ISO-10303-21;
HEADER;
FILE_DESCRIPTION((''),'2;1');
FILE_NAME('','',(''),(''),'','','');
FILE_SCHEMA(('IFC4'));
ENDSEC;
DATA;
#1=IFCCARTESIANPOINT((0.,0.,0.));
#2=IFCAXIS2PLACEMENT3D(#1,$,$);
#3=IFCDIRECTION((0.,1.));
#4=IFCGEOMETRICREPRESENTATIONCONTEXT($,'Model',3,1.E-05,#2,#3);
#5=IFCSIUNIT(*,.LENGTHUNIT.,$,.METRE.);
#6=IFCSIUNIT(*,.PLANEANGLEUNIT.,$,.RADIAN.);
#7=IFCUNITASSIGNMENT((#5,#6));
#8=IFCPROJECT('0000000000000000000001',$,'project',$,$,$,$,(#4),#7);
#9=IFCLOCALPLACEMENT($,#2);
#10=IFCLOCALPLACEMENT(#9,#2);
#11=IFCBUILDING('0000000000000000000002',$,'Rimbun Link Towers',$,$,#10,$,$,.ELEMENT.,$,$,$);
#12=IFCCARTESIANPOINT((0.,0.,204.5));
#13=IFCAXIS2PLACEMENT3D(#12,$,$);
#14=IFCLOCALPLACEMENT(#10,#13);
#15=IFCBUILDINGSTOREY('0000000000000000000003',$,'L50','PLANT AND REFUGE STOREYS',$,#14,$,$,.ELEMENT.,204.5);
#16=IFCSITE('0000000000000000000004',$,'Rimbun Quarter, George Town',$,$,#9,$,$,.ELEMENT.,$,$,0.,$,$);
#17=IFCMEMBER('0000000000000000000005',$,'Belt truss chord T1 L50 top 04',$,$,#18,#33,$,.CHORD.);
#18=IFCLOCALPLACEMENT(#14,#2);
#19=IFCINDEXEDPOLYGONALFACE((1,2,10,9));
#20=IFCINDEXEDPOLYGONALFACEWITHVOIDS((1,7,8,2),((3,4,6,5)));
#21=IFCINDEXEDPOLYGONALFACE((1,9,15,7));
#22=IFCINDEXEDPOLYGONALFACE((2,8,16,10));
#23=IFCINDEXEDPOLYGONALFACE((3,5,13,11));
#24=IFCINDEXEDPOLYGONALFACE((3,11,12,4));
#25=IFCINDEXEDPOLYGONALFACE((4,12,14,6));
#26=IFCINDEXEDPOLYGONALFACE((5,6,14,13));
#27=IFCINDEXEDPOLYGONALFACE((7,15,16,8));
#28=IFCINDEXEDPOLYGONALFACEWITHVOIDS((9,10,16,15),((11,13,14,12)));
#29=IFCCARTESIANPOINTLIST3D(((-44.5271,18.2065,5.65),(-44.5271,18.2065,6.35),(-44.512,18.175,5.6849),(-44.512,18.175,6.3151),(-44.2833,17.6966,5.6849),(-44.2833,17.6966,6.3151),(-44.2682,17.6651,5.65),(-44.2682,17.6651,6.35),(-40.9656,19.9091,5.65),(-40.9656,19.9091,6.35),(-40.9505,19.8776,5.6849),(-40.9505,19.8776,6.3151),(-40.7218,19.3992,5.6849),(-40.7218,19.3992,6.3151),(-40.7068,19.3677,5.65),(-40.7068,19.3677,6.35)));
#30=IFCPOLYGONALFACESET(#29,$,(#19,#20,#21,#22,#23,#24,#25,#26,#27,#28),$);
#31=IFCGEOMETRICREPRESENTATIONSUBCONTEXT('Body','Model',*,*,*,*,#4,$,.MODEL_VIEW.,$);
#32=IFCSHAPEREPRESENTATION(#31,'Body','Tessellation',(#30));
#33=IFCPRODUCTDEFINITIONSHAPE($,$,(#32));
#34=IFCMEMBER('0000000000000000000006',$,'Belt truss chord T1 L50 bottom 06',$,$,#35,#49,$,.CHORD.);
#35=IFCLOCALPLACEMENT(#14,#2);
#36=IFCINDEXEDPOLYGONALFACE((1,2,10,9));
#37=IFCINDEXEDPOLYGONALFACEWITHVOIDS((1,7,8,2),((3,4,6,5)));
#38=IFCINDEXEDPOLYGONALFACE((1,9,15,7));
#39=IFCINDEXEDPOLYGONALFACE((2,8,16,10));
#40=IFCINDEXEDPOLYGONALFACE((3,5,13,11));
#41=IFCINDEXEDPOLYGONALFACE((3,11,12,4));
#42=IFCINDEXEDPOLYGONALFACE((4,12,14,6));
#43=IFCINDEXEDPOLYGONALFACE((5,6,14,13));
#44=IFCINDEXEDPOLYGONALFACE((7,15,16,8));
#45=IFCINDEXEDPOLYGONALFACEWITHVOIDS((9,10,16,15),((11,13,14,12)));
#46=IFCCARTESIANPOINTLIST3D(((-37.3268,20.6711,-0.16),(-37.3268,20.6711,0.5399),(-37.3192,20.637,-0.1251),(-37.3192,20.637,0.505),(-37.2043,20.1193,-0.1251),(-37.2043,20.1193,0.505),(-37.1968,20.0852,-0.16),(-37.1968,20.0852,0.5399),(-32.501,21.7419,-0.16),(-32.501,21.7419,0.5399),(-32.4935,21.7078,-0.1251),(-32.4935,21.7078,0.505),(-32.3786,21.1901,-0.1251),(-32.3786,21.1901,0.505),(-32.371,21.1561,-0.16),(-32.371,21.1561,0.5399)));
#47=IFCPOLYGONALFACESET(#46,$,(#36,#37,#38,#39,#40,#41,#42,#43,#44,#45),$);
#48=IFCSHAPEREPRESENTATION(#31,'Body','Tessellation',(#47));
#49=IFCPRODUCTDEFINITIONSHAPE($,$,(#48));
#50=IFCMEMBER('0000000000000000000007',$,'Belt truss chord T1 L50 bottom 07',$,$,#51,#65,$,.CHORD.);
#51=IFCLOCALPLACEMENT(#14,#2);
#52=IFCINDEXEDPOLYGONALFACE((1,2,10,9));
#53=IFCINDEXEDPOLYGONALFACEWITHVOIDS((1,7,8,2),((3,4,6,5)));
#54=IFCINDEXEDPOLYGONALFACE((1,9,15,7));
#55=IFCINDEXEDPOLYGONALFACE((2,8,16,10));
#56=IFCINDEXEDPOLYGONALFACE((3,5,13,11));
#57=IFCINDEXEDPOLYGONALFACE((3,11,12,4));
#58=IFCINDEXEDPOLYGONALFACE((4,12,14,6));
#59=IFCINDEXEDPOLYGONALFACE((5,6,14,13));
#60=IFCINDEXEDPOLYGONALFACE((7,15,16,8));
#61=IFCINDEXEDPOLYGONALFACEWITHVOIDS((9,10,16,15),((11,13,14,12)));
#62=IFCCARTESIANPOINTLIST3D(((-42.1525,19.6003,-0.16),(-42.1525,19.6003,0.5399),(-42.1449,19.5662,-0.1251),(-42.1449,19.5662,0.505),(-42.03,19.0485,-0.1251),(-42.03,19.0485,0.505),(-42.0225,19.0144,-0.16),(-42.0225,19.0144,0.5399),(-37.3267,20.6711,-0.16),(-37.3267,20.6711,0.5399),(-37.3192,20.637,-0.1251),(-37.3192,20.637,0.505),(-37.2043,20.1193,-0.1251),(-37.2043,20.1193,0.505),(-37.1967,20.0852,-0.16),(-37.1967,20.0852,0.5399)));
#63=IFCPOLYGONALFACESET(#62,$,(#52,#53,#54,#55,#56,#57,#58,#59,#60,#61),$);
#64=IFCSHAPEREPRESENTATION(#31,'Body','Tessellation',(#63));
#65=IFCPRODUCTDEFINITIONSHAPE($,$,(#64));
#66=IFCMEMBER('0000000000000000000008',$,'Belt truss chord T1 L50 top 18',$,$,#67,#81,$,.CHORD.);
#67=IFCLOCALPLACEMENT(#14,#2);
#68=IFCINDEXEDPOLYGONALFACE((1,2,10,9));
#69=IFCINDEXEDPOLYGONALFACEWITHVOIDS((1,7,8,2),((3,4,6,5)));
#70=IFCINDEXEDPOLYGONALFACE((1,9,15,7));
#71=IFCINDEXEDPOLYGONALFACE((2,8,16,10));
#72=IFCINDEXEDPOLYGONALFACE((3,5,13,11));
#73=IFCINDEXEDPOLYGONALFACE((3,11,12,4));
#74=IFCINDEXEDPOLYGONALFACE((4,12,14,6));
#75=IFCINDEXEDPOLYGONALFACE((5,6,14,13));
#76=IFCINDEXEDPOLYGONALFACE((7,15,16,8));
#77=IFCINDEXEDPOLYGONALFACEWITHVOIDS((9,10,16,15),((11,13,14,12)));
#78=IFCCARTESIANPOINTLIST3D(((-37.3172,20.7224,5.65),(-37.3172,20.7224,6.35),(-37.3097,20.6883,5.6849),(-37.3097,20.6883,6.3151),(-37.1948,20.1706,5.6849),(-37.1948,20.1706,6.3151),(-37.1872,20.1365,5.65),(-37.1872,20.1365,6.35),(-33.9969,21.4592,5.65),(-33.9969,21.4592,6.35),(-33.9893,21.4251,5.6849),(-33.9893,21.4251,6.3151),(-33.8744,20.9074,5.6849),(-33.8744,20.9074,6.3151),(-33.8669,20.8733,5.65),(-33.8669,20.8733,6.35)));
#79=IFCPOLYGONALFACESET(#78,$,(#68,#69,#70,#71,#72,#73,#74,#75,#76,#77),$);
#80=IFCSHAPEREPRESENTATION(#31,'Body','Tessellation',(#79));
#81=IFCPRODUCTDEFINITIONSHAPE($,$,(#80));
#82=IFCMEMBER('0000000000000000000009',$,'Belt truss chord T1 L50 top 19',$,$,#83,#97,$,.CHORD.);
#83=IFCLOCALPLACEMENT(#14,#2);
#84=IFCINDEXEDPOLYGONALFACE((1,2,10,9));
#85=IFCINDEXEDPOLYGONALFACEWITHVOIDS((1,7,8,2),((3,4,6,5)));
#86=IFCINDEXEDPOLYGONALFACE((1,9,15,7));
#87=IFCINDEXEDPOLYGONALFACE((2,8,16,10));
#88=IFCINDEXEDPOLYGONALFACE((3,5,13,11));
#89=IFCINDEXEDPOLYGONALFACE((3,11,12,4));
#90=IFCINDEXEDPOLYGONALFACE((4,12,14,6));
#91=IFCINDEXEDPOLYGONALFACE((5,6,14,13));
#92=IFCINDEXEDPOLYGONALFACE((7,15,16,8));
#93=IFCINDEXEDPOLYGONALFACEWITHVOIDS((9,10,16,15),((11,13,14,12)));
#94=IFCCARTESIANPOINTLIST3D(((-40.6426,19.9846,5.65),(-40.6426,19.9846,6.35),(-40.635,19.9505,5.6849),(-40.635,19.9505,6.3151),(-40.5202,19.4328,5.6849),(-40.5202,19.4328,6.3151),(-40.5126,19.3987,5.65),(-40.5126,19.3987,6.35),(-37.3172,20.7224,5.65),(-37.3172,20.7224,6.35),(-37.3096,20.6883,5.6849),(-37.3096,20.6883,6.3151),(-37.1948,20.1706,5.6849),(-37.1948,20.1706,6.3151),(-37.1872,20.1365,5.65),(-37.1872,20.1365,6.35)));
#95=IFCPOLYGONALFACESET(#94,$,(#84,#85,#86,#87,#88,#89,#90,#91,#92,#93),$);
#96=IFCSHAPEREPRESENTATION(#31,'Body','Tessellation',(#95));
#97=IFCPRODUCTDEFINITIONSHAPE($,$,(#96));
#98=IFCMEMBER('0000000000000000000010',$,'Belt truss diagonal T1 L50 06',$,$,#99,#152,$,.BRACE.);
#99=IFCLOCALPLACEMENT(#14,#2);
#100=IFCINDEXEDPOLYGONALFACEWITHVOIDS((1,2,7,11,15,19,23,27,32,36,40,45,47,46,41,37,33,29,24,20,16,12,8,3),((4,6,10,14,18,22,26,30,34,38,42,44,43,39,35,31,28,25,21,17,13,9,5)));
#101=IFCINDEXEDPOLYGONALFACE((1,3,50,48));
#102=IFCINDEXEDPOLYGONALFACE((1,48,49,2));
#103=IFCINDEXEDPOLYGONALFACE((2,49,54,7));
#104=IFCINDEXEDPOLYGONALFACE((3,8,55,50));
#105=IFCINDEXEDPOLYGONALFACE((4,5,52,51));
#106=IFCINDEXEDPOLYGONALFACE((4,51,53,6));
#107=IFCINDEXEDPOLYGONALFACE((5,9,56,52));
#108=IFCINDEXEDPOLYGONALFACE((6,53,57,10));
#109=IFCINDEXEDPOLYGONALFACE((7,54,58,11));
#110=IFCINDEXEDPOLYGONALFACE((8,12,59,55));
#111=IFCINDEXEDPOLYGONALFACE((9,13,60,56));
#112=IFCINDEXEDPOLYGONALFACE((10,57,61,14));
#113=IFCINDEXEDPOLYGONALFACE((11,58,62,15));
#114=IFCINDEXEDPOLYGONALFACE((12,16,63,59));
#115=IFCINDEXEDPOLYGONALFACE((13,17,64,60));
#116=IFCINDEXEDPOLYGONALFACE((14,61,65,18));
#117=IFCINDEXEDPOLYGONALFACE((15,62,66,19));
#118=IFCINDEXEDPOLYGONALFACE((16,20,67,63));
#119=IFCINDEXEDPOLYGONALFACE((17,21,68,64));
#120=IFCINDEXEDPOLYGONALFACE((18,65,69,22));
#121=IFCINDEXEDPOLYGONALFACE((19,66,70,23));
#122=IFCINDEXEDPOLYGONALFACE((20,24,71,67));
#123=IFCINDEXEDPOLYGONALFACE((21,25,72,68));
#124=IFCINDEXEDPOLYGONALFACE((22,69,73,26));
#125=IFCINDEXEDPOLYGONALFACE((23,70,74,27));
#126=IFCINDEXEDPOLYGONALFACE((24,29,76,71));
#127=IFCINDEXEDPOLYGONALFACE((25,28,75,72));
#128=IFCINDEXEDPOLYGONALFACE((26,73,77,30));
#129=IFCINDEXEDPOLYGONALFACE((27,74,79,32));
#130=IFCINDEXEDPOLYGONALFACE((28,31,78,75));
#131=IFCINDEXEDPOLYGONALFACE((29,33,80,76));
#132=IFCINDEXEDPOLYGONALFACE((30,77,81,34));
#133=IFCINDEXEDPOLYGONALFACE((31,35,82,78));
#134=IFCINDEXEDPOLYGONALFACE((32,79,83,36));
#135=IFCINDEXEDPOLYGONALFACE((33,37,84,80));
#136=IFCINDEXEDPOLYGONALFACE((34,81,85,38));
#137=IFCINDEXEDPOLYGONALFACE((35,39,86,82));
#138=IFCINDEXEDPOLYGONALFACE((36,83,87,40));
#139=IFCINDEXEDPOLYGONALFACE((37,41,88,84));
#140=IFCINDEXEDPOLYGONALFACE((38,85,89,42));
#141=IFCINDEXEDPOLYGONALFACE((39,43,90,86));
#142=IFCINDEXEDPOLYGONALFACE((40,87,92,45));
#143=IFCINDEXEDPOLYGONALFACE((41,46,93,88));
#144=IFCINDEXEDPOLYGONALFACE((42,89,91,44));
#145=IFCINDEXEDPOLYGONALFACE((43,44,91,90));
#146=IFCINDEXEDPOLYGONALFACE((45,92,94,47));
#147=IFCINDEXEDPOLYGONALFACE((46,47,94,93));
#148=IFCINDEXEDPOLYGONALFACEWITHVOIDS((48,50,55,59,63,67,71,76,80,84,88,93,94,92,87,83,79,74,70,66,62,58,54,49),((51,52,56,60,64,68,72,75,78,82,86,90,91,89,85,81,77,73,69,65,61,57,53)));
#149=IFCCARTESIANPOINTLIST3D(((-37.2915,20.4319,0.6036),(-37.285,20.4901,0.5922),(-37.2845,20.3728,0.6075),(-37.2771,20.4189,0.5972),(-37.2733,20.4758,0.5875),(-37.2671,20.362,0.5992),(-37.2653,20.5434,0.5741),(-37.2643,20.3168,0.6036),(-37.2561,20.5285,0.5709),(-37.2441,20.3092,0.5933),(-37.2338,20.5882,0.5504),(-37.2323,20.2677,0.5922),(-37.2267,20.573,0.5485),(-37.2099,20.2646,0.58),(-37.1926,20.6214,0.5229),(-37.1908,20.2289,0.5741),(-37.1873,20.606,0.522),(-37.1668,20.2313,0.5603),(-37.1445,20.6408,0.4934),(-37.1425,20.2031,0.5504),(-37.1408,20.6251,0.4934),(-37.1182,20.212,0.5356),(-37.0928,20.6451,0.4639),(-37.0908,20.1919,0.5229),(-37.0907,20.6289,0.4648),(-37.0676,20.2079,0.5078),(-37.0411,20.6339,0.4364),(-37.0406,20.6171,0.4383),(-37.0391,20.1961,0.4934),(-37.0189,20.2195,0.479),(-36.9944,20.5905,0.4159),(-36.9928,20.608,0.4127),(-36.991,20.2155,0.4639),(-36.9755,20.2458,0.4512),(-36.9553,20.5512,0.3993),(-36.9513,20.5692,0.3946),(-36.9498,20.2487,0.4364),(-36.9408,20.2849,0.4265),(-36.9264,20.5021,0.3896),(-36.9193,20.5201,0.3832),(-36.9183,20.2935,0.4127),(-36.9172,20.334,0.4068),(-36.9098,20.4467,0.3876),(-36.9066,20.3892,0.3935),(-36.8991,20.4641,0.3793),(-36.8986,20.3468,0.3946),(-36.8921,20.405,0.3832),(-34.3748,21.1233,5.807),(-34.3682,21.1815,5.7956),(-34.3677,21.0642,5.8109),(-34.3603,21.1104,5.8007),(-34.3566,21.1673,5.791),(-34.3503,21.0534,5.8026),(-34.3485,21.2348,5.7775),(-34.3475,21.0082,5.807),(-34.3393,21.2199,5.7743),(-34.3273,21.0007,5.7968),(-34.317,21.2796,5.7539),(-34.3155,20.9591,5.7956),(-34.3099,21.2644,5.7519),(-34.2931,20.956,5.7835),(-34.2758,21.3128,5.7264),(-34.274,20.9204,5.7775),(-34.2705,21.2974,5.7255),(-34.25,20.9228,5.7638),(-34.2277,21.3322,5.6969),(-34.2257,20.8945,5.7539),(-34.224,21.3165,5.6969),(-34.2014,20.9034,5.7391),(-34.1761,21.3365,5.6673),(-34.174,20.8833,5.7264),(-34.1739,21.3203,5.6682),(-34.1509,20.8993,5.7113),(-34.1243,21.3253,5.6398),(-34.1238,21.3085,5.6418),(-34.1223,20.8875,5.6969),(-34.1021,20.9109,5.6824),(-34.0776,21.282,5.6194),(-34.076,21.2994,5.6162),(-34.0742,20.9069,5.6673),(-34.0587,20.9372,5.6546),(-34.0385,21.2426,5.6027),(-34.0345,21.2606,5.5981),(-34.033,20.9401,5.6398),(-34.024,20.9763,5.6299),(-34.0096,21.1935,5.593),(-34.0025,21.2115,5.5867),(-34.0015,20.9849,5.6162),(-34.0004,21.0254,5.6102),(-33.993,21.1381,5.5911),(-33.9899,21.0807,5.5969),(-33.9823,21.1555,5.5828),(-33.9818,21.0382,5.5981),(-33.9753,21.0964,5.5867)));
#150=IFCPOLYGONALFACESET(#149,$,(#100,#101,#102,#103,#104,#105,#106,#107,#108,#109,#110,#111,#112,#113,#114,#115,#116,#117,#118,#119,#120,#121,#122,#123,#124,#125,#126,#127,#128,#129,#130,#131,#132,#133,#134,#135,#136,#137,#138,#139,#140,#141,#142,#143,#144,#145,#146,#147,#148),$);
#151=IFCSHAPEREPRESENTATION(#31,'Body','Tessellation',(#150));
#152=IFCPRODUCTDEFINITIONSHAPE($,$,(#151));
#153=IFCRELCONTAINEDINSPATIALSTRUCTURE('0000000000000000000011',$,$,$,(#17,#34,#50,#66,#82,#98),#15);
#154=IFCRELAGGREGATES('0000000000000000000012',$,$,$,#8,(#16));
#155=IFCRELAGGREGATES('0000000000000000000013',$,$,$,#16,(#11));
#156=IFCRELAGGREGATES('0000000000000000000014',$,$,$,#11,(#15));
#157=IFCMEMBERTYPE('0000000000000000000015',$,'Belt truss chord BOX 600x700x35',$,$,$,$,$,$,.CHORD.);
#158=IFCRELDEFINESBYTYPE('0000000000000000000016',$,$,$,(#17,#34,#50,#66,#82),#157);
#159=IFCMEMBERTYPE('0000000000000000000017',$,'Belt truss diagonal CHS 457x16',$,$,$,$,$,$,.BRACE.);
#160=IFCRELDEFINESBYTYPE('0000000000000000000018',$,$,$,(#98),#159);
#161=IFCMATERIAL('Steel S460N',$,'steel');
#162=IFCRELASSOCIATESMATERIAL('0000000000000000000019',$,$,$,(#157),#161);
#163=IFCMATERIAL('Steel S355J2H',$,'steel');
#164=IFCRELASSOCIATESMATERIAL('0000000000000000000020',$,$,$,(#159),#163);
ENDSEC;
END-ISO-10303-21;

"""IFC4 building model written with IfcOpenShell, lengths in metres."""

from ifc_helpers import new_model, si_unit, direction, frame, origin, origin_2d, place, context, subcontext, project, spatial, hollow_rectangle, hollow_circle, extrude, material, material_profile, profile_set, type_object, element, save


model = new_model("IFC4")

# Units and contexts
model_context = context("Model", 3, precision=1e-05, world=origin(), true_north=direction((0.0, 1.0)))
body_context = subcontext(model_context, "Body", "Model", "MODEL_VIEW")
ifc_project = project(units=[si_unit("LENGTHUNIT", "METRE"), si_unit("PLANEANGLEUNIT", "RADIAN")], contexts=[model_context])

# Site, building, storey
site_placement = place(None, origin())
site = spatial("IfcSite", under=ifc_project, at=site_placement, Name="Rimbun Quarter, George Town", CompositionType="ELEMENT", RefElevation=0.0)
building_placement = place(site_placement, origin())
building = spatial("IfcBuilding", under=site, at=building_placement, Name="Rimbun Link Towers", CompositionType="ELEMENT")
storey_placement = place(building_placement, frame((0.0, 0.0, 204.5)))
storey = spatial("IfcBuildingStorey", under=building, at=storey_placement, Name="L50", Description="PLANT AND REFUGE STOREYS", CompositionType="ELEMENT", Elevation=204.5)

# Members
ifc_material_1 = material(Name="Steel S460N", Category="steel")
ifc_material_profile_1 = material_profile(ifc_material_1, hollow_rectangle(XDim=0.6001, YDim=0.7, WallThickness=0.0349, at=origin_2d()), Name="Belt truss chord BOX 600x700x35")
ifc_profile_set_1 = profile_set([ifc_material_profile_1], Name="Steel S460N")
member_type_1 = type_object("IfcMemberType", Name="Belt truss chord BOX 600x700x35", PredefinedType="CHORD", material=ifc_profile_set_1)
member_1_placement = place(storey_placement, frame((-40.8362, 19.6384, 6.0), z_axis=(-0.902203, -0.431311, 0.0), x_axis=(0.431311, -0.902203, 0.0)))
element("IfcMember", 1, at=member_1_placement, inside=storey, type_object=member_type_1, Name="Belt truss chord T1 L50 top 04", PredefinedType="CHORD", context=body_context, shape_type="SweptSolid", body=[
    extrude(hollow_rectangle(XDim=0.6001, YDim=0.7, WallThickness=0.0349, at=origin_2d()), origin(), (0.0, 0.0, 1.0), 3.9475),
])
for number, where, z_axis, x_axis, name in (
    (2, (-32.436, 21.449, 0.1899), (-0.976254, -0.216627, 0.0), (0.216627, -0.976254, 0.0), "Belt truss chord T1 L50 bottom 06"),
    (3, (-37.2617, 20.3782, 0.1899), (-0.976254, -0.216627, 0.0), (0.216627, -0.976254, 0.0), "Belt truss chord T1 L50 bottom 07"),
):
    element("IfcMember", number, at=place(storey_placement, frame(where, z_axis=z_axis, x_axis=x_axis)), inside=storey, type_object=member_type_1, Name=name, PredefinedType="CHORD", context=body_context, shape_type="SweptSolid", body=[
        extrude(hollow_rectangle(XDim=0.6001, YDim=0.7, WallThickness=0.0349, at=origin_2d()), origin(), (0.0, 0.0, 1.0), 4.9431),
    ])
member_2_placement = place(storey_placement, frame((-33.9319, 21.1663, 6.0), z_axis=(-0.976251, -0.216642, 0.0), x_axis=(0.216642, -0.976251, 0.0)))
element("IfcMember", 4, at=member_2_placement, inside=storey, type_object=member_type_1, Name="Belt truss chord T1 L50 top 18", PredefinedType="CHORD", context=body_context, shape_type="SweptSolid", body=[
    extrude(hollow_rectangle(XDim=0.6001, YDim=0.7, WallThickness=0.0349, at=origin_2d()), origin(), (0.0, 0.0, 1.0), 3.4011),
])
member_3_placement = place(storey_placement, frame((-37.2522, 20.4294, 6.0), z_axis=(-0.976261, -0.216597, 0.0), x_axis=(0.216597, -0.976261, 0.0)))
element("IfcMember", 5, at=member_3_placement, inside=storey, type_object=member_type_1, Name="Belt truss chord T1 L50 top 19", PredefinedType="CHORD", context=body_context, shape_type="SweptSolid", body=[
    extrude(hollow_rectangle(XDim=0.6001, YDim=0.7, WallThickness=0.0349, at=origin_2d()), origin(), (0.0, 0.0, 1.0), 3.4062),
])
ifc_material_2 = material(Name="Steel S355J2H", Category="steel")
ifc_material_profile_2 = material_profile(ifc_material_2, hollow_circle(Radius=0.2285, WallThickness=0.0161, at=origin_2d()), Name="Belt truss diagonal CHS 457x16")
ifc_profile_set_2 = profile_set([ifc_material_profile_2], Name="Steel S355J2H")
member_type_2 = type_object("IfcMemberType", Name="Belt truss diagonal CHS 457x16", PredefinedType="BRACE", material=ifc_profile_set_2)
member_4_placement = place(storey_placement, frame((-37.0918, 20.4185, 0.4934), z_axis=(0.485717, 0.115138, 0.8665), x_axis=(-0.230655, 0.973036, 0.0)))
element("IfcMember", 6, at=member_4_placement, inside=storey, type_object=member_type_2, Name="Belt truss diagonal T1 L50 06", PredefinedType="BRACE", context=body_context, shape_type="SweptSolid", body=[
    extrude(hollow_circle(Radius=0.2285, WallThickness=0.0161, at=origin_2d()), origin(), (0.0, 0.0, 1.0), 6.0051),
])

save(model, "model.ifc")
